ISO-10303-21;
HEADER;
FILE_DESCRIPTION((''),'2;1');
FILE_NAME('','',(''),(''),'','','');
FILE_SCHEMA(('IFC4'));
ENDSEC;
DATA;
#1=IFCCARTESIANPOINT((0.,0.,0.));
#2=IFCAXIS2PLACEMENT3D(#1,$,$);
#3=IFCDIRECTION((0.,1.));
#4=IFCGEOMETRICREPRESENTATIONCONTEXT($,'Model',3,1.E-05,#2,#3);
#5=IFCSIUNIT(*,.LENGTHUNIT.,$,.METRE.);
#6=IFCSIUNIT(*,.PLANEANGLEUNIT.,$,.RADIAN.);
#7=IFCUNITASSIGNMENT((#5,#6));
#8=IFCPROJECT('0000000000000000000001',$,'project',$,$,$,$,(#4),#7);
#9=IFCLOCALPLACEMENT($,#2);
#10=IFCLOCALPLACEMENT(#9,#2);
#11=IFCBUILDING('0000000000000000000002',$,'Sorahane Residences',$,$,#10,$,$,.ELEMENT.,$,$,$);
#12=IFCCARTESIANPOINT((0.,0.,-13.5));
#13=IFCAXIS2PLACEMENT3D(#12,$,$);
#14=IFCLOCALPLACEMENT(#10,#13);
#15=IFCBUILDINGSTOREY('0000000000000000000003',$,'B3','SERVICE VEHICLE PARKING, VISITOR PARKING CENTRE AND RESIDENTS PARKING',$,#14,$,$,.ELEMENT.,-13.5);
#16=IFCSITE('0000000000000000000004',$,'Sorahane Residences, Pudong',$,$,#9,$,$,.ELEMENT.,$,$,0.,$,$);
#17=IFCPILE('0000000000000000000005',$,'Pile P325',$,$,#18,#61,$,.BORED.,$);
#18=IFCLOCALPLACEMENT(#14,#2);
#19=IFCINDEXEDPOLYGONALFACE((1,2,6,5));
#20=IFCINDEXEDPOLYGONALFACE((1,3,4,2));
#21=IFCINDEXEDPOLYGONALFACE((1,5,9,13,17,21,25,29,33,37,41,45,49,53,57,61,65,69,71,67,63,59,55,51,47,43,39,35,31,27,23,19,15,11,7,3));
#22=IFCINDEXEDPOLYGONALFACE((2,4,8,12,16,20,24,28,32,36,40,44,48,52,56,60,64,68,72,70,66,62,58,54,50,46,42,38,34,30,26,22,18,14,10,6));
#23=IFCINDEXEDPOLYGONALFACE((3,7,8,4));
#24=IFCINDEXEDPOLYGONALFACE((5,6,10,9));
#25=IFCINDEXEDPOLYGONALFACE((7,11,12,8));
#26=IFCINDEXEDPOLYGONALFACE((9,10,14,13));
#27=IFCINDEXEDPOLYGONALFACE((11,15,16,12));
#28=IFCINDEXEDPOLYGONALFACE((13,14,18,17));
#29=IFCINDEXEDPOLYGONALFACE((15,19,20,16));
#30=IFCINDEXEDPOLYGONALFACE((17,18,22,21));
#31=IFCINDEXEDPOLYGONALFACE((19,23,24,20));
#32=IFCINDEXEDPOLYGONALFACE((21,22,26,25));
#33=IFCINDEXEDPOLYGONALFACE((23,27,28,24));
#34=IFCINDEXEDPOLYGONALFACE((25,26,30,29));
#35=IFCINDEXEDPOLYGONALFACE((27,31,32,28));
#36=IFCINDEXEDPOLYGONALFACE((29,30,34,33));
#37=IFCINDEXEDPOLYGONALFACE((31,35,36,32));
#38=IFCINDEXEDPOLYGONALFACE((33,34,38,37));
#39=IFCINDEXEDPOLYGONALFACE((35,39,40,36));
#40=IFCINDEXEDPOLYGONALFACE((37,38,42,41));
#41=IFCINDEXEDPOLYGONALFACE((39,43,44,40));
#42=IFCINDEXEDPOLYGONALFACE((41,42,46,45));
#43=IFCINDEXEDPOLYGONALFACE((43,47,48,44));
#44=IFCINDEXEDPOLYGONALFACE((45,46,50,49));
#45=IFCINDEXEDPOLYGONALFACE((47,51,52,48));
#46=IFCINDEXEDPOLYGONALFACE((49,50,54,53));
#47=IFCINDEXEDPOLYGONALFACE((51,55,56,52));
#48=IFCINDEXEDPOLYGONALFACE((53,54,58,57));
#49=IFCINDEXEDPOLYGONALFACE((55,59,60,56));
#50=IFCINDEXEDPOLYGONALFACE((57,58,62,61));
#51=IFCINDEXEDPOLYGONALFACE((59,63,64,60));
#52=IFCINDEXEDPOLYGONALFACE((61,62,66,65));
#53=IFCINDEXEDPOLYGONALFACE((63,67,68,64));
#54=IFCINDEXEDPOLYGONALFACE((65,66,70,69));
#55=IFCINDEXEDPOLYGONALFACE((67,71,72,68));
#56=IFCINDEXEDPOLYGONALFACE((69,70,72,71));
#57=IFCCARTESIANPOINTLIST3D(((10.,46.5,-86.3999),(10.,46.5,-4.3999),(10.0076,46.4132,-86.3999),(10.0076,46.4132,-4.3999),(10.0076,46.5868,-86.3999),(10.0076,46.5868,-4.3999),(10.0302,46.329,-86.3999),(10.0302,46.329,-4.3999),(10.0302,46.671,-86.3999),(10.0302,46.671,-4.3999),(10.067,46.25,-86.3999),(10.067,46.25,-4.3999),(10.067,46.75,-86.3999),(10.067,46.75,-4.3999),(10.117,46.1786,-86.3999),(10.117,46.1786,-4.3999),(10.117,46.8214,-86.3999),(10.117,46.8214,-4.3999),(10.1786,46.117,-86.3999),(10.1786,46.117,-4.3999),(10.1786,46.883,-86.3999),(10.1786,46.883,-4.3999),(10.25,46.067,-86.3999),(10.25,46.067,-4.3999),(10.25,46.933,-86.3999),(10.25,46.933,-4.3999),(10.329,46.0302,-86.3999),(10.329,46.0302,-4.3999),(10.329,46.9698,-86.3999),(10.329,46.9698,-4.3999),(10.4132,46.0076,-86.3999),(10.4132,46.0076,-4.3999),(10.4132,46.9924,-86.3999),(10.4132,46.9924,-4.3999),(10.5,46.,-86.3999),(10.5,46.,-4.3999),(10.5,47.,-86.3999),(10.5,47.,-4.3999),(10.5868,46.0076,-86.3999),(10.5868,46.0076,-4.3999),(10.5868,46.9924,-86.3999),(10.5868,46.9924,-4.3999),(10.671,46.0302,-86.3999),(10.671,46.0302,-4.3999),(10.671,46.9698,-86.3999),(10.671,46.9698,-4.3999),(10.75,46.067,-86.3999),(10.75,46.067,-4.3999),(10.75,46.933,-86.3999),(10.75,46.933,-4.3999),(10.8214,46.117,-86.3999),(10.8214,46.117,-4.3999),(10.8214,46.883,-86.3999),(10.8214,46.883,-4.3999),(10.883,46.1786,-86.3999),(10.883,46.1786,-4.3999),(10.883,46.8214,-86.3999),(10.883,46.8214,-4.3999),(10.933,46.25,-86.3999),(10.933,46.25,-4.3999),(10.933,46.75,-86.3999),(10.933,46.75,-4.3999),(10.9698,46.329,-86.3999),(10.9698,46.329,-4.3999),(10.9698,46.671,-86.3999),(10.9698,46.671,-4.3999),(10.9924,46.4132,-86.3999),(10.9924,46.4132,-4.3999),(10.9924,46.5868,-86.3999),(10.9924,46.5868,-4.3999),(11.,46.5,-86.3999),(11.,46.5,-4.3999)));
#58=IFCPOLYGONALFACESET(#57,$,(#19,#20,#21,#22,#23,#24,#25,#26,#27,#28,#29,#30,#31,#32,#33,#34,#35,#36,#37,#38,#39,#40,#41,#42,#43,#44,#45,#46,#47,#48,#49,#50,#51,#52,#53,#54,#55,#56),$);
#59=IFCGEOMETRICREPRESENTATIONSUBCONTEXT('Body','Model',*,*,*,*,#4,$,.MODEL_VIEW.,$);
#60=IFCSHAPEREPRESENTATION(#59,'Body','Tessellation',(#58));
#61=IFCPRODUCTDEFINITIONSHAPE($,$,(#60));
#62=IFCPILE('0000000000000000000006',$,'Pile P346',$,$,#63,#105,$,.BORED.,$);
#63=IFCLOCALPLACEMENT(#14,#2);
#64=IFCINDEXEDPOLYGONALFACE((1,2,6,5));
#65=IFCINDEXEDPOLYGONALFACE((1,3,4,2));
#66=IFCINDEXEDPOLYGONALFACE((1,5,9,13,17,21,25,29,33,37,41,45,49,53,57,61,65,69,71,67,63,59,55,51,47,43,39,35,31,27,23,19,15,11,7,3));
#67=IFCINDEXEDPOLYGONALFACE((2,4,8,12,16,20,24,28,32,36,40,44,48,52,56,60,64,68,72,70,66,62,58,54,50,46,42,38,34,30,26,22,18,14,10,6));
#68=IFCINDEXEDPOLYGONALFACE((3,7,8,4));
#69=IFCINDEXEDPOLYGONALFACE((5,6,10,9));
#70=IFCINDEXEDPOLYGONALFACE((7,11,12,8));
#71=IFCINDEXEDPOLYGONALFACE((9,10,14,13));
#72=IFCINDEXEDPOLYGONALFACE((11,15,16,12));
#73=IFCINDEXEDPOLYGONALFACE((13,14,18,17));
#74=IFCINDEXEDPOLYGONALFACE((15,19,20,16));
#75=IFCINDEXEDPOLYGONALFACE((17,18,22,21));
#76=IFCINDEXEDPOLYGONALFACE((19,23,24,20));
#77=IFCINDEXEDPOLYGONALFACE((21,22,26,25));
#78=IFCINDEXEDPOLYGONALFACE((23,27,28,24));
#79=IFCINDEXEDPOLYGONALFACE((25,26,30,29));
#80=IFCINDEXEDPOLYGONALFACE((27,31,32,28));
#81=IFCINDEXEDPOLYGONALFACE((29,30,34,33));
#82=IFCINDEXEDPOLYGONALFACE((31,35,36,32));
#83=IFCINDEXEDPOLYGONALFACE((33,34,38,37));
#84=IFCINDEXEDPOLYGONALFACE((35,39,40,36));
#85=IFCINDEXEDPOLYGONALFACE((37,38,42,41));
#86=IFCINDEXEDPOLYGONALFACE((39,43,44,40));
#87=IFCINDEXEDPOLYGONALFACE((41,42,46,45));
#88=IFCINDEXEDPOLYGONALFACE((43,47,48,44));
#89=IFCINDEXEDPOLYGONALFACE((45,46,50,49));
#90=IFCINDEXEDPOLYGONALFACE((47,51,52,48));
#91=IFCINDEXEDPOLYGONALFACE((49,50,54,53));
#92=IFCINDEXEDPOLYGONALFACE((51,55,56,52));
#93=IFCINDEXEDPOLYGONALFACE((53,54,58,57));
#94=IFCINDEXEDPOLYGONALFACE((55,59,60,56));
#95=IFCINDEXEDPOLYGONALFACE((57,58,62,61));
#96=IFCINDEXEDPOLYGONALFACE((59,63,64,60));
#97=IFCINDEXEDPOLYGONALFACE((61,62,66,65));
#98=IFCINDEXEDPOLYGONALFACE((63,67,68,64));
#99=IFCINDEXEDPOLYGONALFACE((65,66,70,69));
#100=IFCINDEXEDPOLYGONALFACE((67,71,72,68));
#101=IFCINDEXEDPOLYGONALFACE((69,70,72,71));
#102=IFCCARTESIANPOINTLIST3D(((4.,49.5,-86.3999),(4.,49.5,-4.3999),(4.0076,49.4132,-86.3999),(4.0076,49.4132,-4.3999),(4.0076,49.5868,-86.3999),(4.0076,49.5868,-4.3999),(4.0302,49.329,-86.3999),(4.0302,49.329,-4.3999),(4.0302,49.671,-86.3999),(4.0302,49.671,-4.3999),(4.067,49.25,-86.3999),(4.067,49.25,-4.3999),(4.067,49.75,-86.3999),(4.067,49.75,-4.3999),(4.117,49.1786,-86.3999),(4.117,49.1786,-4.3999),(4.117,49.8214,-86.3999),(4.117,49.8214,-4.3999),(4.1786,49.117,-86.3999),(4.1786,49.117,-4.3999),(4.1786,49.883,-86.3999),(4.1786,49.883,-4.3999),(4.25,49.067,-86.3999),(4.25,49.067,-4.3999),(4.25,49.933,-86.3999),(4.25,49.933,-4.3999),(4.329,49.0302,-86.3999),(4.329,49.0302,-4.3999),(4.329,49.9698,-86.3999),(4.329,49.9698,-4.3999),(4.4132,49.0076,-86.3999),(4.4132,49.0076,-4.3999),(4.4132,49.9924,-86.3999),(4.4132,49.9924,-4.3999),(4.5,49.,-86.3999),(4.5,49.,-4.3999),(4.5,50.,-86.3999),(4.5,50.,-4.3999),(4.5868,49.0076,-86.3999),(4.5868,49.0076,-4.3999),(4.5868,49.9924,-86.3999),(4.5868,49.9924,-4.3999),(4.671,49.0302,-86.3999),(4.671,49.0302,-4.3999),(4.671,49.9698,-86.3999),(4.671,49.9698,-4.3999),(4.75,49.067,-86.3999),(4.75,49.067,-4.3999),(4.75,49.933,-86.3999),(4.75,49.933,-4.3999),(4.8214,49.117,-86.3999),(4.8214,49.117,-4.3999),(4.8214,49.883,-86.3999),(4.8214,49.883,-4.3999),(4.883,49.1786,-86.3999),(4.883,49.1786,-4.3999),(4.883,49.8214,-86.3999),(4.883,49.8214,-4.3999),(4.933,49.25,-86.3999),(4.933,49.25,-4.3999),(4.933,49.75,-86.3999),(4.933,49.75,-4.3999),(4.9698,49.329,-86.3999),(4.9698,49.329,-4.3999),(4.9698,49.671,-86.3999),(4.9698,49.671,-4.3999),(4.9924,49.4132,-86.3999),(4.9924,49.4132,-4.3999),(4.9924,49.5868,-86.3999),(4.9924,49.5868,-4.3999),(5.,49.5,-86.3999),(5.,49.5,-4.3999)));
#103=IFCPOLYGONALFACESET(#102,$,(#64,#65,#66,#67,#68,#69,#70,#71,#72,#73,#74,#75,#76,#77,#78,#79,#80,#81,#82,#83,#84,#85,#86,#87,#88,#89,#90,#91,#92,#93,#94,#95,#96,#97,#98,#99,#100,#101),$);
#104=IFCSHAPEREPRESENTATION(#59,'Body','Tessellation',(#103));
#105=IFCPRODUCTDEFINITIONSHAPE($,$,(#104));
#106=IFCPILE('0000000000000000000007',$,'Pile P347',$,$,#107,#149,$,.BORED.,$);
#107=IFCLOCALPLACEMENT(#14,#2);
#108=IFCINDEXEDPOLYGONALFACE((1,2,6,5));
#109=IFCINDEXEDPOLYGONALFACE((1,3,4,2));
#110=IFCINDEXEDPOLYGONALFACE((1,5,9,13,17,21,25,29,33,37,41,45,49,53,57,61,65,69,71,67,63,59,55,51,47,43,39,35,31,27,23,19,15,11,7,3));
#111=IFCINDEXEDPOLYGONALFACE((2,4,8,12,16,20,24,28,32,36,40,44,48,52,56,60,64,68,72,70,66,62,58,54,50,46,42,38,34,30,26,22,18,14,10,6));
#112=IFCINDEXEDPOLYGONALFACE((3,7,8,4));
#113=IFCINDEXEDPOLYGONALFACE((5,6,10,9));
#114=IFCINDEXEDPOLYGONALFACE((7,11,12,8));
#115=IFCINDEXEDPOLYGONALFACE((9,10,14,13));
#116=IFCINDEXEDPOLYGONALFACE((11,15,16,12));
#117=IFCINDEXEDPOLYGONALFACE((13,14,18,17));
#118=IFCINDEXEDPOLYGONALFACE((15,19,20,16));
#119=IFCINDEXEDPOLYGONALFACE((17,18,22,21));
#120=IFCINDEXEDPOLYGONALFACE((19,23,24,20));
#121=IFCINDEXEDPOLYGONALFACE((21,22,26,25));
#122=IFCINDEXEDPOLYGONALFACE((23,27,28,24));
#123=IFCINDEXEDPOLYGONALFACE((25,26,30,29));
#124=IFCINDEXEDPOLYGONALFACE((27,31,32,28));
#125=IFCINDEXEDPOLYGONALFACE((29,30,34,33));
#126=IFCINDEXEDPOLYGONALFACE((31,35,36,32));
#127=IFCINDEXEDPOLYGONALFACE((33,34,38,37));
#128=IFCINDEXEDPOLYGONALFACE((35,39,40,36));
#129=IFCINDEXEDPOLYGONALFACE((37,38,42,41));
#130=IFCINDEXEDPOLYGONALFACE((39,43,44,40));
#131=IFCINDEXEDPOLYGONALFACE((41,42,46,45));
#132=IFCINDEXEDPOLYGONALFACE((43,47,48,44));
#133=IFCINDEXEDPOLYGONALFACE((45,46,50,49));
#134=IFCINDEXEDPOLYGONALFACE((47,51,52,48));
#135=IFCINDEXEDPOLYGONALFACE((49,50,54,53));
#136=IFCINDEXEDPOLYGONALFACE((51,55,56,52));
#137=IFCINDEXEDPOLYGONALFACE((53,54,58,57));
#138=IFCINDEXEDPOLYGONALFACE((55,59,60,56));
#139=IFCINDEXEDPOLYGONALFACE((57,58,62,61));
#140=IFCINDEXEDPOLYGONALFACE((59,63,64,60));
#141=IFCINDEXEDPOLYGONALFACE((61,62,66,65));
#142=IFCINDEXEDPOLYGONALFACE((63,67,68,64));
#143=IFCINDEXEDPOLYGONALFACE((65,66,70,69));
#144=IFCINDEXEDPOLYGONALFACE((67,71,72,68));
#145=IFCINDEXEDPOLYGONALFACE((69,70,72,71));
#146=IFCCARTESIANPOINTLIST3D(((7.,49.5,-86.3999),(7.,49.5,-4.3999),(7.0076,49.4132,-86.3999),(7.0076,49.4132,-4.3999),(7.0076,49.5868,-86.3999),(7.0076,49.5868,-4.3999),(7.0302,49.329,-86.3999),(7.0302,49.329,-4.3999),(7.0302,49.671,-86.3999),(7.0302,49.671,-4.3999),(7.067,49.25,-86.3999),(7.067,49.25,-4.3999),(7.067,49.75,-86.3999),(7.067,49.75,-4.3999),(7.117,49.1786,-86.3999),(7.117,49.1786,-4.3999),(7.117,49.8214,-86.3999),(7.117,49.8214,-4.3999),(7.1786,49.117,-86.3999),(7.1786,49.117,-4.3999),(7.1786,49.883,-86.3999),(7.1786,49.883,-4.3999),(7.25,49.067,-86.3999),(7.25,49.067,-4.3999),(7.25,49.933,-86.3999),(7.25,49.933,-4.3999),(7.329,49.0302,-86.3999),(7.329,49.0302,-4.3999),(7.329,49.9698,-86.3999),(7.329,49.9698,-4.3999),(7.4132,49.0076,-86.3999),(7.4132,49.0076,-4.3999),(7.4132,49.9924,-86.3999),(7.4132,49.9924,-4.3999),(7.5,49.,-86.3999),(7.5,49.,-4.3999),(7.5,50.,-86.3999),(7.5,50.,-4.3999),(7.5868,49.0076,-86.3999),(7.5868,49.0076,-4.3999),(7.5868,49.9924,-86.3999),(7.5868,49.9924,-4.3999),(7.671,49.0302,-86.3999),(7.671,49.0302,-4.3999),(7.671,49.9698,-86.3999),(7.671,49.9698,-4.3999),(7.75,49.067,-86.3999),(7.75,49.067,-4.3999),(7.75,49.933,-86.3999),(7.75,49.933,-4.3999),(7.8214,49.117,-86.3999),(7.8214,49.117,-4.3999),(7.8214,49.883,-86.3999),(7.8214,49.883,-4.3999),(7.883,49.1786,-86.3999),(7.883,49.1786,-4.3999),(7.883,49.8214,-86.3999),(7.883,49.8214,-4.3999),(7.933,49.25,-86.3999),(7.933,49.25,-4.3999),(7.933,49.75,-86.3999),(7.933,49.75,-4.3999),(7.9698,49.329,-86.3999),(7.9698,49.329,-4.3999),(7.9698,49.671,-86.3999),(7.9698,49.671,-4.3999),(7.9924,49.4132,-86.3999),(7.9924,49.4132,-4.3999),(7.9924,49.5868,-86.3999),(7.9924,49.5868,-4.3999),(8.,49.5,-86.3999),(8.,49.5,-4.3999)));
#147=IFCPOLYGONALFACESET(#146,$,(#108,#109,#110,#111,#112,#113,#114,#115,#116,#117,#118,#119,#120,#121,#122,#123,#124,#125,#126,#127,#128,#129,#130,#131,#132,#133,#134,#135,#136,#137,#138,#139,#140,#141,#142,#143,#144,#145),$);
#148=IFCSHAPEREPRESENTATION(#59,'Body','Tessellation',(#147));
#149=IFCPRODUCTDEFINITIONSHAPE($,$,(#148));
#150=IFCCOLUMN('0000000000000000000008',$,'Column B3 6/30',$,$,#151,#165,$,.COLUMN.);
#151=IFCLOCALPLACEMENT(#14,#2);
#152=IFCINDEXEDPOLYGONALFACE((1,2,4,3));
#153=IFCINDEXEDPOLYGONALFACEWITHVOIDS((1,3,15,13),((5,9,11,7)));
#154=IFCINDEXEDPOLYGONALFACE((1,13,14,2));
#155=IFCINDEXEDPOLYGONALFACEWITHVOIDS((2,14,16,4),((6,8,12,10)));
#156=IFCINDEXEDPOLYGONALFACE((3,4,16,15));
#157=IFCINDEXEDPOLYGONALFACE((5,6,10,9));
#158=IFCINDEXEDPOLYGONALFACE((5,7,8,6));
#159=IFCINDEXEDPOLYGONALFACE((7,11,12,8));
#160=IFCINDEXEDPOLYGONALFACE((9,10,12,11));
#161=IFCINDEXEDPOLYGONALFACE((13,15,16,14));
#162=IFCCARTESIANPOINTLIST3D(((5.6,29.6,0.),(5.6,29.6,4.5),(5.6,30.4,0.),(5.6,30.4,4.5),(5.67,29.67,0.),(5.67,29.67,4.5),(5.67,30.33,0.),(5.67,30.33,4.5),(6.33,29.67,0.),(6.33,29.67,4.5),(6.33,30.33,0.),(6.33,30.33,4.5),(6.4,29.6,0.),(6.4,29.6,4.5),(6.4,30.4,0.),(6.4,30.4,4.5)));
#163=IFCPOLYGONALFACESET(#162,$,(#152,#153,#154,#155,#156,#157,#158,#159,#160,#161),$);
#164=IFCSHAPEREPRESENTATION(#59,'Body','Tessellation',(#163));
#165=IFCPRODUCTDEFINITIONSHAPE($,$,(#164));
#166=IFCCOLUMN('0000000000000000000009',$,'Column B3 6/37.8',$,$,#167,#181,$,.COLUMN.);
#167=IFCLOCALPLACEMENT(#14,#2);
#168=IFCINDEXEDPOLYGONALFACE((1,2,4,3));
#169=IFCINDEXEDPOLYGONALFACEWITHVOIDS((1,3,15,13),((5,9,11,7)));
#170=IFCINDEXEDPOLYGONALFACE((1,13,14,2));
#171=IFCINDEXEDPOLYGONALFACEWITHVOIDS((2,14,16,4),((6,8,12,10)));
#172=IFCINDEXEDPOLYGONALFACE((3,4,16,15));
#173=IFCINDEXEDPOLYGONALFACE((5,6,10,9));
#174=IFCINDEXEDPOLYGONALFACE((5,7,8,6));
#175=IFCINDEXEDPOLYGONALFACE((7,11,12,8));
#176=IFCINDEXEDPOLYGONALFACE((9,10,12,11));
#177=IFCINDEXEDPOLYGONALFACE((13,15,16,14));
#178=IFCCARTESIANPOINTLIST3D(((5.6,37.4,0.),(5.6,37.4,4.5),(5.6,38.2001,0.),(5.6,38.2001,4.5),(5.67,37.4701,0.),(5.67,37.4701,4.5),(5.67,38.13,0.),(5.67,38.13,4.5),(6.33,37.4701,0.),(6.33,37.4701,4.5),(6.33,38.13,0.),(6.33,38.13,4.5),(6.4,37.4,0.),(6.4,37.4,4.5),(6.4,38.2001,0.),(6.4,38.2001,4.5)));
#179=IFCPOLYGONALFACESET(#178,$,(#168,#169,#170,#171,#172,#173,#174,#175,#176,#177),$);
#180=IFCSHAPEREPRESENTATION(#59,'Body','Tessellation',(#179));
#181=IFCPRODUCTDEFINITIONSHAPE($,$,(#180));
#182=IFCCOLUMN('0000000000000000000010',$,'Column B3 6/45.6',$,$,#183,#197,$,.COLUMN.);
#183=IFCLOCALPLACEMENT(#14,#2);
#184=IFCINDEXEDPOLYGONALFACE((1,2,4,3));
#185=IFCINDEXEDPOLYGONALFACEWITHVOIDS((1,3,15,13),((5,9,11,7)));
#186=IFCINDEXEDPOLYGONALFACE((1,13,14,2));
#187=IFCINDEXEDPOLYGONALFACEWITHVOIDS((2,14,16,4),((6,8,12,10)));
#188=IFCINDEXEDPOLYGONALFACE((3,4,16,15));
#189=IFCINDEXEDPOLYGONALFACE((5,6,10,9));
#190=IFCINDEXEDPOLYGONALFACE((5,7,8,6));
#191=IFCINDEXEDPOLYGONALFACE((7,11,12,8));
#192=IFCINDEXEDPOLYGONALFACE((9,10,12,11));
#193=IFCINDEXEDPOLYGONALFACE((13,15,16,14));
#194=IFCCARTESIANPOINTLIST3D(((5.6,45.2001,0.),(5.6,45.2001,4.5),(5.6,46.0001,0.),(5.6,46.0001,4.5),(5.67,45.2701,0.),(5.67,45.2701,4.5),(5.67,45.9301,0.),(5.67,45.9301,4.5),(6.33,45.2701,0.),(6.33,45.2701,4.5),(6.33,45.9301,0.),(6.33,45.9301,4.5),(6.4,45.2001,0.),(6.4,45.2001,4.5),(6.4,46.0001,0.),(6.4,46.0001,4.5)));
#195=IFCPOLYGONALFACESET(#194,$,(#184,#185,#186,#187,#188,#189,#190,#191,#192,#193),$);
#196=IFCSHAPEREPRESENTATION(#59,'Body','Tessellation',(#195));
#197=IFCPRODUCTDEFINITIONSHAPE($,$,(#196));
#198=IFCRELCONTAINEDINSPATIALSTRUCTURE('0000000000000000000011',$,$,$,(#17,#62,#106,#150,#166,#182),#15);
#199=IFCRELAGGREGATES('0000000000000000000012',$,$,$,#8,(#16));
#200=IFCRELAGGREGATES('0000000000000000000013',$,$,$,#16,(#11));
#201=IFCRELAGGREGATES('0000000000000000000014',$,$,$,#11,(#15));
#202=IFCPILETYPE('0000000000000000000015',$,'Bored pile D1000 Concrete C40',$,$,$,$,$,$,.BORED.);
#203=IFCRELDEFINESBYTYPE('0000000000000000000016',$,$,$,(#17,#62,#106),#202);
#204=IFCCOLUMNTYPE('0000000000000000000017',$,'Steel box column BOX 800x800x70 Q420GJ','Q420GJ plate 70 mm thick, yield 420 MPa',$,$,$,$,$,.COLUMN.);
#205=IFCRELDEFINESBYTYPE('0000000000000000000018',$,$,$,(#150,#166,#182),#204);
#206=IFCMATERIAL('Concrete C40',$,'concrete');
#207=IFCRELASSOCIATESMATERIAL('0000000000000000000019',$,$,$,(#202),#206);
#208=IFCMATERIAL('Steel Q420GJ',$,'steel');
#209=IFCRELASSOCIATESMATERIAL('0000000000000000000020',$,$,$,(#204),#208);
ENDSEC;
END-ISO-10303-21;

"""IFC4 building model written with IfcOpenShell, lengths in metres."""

from ifc_helpers import new_model, si_unit, direction, frame, origin, origin_2d, place, context, subcontext, project, spatial, hollow_rectangle, circle, extrude, material, material_profile, profile_set, type_object, element, save


model = new_model("IFC4")

# Units and contexts
model_context = context("Model", 3, precision=1e-05, world=origin(), true_north=direction((0.0, 1.0)))
body_context = subcontext(model_context, "Body", "Model", "MODEL_VIEW")
ifc_project = project(units=[si_unit("LENGTHUNIT", "METRE"), si_unit("PLANEANGLEUNIT", "RADIAN")], contexts=[model_context])

# Site, building, storey
site_placement = place(None, origin())
site = spatial("IfcSite", under=ifc_project, at=site_placement, Name="Sorahane Residences, Pudong", CompositionType="ELEMENT", RefElevation=0.0)
building_placement = place(site_placement, origin())
building = spatial("IfcBuilding", under=site, at=building_placement, Name="Sorahane Residences", CompositionType="ELEMENT")
storey_placement = place(building_placement, frame((0.0, 0.0, -13.5)))
storey = spatial("IfcBuildingStorey", under=building, at=storey_placement, Name="B3", Description="SERVICE VEHICLE PARKING, VISITOR PARKING CENTRE AND RESIDENTS PARKING", CompositionType="ELEMENT", Elevation=-13.5)

# Piles
ifc_material_1 = material(Name="Concrete C40", Category="concrete")
ifc_material_profile_1 = material_profile(ifc_material_1, circle(Radius=0.5, at=origin_2d()), Name="D1000")
ifc_profile_set_1 = profile_set([ifc_material_profile_1], Name="Concrete C40")
pile_type = type_object("IfcPileType", Name="Bored pile D1000 Concrete C40", PredefinedType="BORED", material=ifc_profile_set_1)
for number, where, z_axis, x_axis, name in (
    (1, (10.5, 46.5, -4.3999), (0.0, 0.0, -1.0), (1.0, 0.0, 0.0), "Pile P325"),
    (2, (4.5, 49.5, -4.3999), (0.0, 0.0, -1.0), (1.0, 0.0, 0.0), "Pile P346"),
    (3, (7.5, 49.5, -4.3999), (0.0, 0.0, -1.0), (1.0, 0.0, 0.0), "Pile P347"),
):
    element("IfcPile", number, at=place(storey_placement, frame(where, z_axis=z_axis, x_axis=x_axis)), inside=storey, type_object=pile_type, Name=name, PredefinedType="BORED", context=body_context, shape_type="SweptSolid", body=[
        extrude(circle(Radius=0.5, at=origin_2d()), origin(), (0.0, 0.0, 1.0), 82.0),
    ])

# Columns
ifc_material_2 = material(Name="Steel Q420GJ", Category="steel")
ifc_material_profile_2 = material_profile(ifc_material_2, hollow_rectangle(XDim=0.8, YDim=0.8, WallThickness=0.0701, at=origin_2d()), Name="BOX 800x800x70")
ifc_profile_set_2 = profile_set([ifc_material_profile_2], Name="Steel Q420GJ")
column_type = type_object("IfcColumnType", Name="Steel box column BOX 800x800x70 Q420GJ", Description="Q420GJ plate 70 mm thick, yield 420 MPa", PredefinedType="COLUMN", material=ifc_profile_set_2)
for number, where, z_axis, x_axis, name in (
    (4, (6.0, 30.0, 0.0), (0.0, 0.0, 1.0), (1.0, 0.0, 0.0), "Column B3 6/30"),
    (5, (6.0, 37.8, 0.0), (0.0, 0.0, 1.0), (1.0, 0.0, 0.0), "Column B3 6/37.8"),
    (6, (6.0, 45.6001, 0.0), (0.0, 0.0, 1.0), (1.0, 0.0, 0.0), "Column B3 6/45.6"),
):
    element("IfcColumn", number, at=place(storey_placement, frame(where, z_axis=z_axis, x_axis=x_axis)), inside=storey, type_object=column_type, Name=name, PredefinedType="COLUMN", context=body_context, shape_type="SweptSolid", body=[
        extrude(hollow_rectangle(XDim=0.8, YDim=0.8, WallThickness=0.0701, at=origin_2d()), origin(), (0.0, 0.0, 1.0), 4.5),
    ])

save(model, "model.ifc")
